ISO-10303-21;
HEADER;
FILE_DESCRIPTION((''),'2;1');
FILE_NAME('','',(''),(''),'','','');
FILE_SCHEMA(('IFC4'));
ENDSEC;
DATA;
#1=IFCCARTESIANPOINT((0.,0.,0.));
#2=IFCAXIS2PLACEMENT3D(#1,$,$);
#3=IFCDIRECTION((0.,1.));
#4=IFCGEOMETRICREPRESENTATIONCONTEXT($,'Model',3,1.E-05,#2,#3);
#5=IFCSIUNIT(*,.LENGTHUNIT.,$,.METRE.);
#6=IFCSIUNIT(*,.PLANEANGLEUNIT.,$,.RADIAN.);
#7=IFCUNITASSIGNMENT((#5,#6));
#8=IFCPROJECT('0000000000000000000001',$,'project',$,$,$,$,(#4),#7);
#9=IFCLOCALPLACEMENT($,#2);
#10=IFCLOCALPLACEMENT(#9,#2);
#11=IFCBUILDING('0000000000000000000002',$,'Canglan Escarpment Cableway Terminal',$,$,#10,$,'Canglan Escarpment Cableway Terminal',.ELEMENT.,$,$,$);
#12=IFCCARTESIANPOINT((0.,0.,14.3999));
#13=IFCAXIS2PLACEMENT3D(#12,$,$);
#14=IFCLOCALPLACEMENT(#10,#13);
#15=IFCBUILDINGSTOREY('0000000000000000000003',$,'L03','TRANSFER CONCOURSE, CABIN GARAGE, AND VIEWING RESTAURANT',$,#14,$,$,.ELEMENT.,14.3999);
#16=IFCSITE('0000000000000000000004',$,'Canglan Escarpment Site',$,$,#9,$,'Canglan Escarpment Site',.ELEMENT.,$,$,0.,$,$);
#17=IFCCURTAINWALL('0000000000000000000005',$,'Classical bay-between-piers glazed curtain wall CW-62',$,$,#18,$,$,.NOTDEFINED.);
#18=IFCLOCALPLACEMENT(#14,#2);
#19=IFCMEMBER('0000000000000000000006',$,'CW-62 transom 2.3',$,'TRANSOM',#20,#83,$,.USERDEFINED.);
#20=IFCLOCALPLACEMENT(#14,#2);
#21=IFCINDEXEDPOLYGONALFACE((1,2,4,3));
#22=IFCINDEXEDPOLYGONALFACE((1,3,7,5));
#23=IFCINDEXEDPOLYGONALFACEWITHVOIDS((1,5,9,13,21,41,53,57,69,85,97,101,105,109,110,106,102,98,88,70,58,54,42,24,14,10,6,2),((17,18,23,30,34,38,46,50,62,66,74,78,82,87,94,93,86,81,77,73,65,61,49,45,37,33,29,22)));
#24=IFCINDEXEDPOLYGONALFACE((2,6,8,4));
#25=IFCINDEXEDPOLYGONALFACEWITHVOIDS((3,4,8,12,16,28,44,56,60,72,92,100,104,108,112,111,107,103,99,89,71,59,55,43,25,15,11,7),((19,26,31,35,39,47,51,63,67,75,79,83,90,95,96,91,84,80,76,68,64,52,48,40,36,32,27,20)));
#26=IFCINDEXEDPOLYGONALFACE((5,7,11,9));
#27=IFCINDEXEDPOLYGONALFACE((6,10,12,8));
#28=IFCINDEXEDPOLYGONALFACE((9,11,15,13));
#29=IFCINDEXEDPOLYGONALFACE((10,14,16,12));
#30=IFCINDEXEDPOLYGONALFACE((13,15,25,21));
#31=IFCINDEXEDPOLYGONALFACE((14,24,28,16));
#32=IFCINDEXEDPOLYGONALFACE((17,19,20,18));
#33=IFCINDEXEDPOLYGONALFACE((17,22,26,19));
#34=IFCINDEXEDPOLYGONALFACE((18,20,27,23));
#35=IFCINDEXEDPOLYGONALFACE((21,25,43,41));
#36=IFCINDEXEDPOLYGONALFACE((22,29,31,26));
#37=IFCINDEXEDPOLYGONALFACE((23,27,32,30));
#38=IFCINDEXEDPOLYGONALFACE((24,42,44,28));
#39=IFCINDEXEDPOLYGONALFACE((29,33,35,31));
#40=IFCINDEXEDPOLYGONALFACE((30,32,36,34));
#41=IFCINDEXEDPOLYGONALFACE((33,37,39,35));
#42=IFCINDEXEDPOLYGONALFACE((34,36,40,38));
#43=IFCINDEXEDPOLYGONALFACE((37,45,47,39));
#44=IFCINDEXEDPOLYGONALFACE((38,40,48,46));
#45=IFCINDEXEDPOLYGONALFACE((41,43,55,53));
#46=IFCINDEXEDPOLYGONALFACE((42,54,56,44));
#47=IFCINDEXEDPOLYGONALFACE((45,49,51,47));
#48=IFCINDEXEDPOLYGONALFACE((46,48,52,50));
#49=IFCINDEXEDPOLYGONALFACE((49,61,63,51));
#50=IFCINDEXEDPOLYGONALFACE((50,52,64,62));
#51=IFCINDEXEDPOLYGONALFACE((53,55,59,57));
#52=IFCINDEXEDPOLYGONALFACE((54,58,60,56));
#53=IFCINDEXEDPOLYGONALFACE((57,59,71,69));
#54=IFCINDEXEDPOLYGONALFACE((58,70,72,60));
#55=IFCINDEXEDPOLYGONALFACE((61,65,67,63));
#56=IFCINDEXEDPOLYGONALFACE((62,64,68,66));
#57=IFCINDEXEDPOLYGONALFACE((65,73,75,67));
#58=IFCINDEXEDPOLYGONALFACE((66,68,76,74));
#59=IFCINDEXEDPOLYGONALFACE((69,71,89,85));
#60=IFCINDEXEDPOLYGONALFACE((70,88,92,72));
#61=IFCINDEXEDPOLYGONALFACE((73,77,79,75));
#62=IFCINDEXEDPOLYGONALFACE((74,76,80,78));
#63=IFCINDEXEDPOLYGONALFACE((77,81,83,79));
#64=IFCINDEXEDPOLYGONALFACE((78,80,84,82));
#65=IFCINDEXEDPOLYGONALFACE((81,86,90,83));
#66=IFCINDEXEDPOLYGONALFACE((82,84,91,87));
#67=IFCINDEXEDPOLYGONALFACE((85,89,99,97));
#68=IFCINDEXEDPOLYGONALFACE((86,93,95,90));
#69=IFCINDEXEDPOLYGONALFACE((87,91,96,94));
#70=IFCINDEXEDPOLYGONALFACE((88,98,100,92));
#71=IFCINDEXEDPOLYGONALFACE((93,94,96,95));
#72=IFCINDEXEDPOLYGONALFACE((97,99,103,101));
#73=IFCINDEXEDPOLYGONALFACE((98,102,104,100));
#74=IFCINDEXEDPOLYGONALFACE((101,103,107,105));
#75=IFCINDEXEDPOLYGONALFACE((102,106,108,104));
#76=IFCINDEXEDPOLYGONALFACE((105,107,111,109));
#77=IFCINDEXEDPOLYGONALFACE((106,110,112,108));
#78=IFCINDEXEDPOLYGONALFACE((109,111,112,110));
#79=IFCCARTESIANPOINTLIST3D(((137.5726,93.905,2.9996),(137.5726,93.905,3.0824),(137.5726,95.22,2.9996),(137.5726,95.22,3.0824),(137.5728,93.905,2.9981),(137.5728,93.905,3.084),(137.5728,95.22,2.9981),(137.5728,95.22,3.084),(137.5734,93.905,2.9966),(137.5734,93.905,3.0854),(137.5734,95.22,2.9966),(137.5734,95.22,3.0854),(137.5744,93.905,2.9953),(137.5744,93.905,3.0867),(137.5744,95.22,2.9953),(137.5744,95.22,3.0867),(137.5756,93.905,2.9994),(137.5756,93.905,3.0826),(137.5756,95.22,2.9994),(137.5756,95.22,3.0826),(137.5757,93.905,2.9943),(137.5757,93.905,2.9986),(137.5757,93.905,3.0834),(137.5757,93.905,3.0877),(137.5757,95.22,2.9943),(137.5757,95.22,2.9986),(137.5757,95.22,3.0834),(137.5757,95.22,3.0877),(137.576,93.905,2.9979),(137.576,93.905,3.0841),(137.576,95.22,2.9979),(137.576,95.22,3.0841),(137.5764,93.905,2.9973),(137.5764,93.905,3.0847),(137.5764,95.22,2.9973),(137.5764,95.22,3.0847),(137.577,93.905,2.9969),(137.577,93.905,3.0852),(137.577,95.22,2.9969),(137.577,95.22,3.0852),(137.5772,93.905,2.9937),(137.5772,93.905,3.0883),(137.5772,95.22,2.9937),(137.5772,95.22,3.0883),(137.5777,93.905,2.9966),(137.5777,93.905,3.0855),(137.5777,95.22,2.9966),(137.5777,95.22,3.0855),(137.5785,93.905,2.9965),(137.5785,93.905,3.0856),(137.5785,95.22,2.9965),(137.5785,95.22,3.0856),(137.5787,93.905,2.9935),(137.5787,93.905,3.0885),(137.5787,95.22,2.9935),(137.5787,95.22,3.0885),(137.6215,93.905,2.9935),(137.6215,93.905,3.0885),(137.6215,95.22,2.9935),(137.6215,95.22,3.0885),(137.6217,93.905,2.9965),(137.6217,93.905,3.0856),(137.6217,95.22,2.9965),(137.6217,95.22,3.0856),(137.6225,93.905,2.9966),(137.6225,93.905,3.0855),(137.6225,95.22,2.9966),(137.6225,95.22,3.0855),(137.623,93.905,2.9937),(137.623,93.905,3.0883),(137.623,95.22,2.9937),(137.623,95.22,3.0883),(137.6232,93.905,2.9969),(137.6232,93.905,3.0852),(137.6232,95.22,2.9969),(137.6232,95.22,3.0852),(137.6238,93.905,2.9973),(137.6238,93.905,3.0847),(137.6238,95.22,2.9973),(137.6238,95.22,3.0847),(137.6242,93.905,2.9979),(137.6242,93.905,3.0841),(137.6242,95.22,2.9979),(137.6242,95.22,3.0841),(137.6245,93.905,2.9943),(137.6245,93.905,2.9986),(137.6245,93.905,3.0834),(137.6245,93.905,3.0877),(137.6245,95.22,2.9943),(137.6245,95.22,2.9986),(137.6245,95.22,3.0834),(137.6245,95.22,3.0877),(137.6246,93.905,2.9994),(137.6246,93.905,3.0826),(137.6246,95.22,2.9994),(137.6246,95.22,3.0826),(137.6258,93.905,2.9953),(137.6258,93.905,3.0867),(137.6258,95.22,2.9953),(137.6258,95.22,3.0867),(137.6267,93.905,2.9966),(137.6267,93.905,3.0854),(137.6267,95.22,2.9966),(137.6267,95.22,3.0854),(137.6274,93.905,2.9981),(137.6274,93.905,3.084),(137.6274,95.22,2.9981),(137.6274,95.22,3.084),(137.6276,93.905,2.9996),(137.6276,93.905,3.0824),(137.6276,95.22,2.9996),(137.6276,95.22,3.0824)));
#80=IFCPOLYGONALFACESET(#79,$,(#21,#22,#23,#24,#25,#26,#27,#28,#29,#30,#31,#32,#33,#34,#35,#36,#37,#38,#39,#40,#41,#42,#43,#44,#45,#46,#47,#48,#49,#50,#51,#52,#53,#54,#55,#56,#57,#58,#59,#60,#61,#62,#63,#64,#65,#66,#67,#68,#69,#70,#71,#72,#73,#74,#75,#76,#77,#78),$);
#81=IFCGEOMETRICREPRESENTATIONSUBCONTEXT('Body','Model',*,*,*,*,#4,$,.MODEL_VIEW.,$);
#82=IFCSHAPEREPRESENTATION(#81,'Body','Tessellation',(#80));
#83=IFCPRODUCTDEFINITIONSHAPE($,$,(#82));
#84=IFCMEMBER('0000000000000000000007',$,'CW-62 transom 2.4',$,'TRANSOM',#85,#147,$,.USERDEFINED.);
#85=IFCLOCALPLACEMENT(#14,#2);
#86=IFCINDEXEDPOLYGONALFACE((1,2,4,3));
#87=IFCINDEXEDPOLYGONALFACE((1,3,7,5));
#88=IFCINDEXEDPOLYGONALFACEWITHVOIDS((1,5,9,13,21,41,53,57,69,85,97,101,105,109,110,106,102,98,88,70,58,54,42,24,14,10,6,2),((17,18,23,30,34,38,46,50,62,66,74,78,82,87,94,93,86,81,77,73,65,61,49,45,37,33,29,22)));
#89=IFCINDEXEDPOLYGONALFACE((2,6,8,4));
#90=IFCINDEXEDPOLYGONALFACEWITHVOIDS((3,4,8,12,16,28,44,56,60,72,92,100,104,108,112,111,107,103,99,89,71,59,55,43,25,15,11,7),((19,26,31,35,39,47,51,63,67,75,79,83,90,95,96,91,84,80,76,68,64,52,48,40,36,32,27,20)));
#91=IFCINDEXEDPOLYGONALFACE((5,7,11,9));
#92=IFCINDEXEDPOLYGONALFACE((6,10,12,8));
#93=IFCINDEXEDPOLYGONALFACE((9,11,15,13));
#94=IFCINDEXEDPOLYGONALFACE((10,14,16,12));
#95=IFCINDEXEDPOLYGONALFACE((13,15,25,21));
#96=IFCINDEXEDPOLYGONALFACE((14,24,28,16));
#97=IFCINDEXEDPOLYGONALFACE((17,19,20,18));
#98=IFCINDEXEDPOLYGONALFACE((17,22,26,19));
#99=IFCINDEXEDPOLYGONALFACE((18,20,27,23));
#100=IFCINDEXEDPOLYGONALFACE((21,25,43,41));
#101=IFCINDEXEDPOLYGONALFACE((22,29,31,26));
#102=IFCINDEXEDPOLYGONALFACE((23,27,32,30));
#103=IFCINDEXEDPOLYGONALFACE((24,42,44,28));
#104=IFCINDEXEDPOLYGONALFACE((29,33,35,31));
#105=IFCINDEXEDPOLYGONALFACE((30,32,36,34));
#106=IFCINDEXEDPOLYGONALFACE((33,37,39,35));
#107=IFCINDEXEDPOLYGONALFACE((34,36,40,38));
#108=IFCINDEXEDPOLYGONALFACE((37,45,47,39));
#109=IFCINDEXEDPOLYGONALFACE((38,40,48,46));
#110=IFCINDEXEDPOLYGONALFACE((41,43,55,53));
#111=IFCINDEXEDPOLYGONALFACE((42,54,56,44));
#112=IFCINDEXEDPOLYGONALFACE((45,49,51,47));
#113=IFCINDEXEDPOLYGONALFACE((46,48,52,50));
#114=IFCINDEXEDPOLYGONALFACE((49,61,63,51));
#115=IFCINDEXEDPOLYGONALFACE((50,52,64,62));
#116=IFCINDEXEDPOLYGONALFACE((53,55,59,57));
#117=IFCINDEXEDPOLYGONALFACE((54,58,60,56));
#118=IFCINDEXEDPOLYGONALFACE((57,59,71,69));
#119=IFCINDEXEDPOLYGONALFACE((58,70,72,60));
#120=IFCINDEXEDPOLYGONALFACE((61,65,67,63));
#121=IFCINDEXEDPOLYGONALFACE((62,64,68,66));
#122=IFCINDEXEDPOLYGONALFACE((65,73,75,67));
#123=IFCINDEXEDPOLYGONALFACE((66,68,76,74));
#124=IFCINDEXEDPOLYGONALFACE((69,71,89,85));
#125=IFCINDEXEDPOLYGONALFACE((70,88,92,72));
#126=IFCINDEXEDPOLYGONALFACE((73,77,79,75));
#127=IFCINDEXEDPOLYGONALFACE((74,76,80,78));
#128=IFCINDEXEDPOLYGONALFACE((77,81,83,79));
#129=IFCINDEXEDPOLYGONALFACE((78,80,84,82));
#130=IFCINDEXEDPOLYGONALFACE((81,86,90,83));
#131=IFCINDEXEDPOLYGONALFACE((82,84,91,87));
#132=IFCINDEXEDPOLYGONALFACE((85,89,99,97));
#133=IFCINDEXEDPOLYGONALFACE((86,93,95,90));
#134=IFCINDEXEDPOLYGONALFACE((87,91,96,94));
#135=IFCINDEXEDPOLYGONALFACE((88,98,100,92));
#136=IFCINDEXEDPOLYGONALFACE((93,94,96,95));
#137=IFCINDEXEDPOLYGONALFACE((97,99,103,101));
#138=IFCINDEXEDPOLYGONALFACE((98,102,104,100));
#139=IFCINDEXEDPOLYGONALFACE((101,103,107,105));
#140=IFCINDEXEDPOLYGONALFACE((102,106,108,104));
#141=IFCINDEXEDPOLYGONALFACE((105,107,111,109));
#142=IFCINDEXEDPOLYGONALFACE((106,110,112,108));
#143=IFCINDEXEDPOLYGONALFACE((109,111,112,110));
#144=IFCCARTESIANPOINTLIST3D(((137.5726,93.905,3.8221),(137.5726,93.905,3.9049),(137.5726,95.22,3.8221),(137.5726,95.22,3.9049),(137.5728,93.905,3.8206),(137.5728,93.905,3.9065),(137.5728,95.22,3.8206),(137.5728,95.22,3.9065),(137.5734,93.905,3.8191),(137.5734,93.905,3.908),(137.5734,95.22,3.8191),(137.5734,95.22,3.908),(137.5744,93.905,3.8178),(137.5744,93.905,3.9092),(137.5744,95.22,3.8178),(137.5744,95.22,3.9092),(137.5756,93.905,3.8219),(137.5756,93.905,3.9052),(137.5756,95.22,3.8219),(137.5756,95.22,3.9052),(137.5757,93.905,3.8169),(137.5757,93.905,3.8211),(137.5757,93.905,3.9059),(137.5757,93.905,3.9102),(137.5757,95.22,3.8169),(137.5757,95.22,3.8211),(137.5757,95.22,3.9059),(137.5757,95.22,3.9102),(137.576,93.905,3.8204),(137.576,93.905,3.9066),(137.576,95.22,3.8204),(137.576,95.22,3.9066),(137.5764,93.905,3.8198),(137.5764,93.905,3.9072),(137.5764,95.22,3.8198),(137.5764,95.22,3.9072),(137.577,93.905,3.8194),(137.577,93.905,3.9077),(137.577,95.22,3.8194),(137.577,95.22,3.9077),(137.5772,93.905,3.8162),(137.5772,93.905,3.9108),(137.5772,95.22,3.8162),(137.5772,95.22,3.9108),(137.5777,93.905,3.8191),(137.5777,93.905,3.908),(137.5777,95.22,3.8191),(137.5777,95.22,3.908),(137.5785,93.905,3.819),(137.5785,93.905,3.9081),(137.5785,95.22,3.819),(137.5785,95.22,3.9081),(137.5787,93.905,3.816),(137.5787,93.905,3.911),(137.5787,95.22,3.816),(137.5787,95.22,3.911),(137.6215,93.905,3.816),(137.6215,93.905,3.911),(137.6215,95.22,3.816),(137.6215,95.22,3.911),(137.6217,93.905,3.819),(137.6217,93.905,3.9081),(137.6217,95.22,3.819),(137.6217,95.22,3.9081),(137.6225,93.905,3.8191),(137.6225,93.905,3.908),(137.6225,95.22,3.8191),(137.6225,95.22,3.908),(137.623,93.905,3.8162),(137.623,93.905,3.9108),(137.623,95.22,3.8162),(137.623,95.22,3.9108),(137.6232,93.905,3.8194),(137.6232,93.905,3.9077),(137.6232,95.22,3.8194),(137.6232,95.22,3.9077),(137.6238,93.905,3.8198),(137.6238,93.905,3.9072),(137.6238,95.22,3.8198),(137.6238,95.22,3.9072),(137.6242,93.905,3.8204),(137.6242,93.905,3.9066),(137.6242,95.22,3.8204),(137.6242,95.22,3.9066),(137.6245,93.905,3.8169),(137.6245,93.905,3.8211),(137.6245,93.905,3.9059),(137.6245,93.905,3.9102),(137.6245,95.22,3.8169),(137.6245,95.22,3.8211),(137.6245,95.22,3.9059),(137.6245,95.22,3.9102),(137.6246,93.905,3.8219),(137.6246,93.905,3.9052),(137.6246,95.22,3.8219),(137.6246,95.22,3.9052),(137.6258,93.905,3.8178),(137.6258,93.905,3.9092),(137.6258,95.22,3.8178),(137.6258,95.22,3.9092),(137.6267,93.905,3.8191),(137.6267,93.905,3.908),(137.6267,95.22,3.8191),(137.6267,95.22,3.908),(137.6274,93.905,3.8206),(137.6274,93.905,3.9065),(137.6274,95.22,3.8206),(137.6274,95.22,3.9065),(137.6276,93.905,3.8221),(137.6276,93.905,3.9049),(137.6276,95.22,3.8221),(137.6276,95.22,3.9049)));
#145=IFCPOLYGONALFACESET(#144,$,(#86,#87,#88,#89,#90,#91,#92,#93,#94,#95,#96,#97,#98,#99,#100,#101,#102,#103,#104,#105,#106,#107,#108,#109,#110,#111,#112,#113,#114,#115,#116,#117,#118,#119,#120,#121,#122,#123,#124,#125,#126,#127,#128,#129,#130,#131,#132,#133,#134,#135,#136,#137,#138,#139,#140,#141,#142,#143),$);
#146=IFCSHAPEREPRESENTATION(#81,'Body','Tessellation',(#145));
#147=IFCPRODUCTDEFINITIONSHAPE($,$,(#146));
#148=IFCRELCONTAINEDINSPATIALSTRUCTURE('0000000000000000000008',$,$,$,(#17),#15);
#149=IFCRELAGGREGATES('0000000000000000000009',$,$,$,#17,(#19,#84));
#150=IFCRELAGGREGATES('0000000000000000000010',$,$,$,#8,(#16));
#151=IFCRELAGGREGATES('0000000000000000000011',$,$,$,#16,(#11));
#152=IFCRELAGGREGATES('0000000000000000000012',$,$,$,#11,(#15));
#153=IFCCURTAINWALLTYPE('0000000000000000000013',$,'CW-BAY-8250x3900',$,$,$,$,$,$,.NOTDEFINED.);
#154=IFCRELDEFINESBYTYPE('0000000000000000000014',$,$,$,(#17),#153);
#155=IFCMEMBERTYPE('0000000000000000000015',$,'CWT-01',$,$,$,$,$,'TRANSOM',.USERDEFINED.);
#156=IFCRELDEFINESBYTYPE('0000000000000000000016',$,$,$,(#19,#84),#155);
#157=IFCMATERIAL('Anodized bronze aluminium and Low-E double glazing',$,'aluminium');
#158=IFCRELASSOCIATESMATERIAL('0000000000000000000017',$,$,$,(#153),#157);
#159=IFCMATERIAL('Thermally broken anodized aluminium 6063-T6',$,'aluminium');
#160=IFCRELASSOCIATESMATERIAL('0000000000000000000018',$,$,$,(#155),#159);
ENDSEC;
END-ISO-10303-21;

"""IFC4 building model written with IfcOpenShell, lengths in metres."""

from ifc_helpers import new_model, si_unit, direction, frame, origin, origin_2d, place, context, subcontext, project, spatial, hollow_rectangle, extrude, material, material_profile, profile_set, type_object, element, aggregate, save


model = new_model("IFC4")

# Units and contexts
model_context = context("Model", 3, precision=1e-05, world=origin(), true_north=direction((0.0, 1.0)))
body_context = subcontext(model_context, "Body", "Model", "MODEL_VIEW")
ifc_project = project(units=[si_unit("LENGTHUNIT", "METRE"), si_unit("PLANEANGLEUNIT", "RADIAN")], contexts=[model_context])

# Site, building, storey
site_placement = place(None, origin())
site = spatial("IfcSite", under=ifc_project, at=site_placement, Name="Canglan Escarpment Site", LongName="Canglan Escarpment Site", CompositionType="ELEMENT", RefElevation=0.0)
building_placement = place(site_placement, origin())
building = spatial("IfcBuilding", under=site, at=building_placement, Name="Canglan Escarpment Cableway Terminal", LongName="Canglan Escarpment Cableway Terminal", CompositionType="ELEMENT")
storey_placement = place(building_placement, frame((0.0, 0.0, 14.3999)))
storey = spatial("IfcBuildingStorey", under=building, at=storey_placement, Name="L03", Description="TRANSFER CONCOURSE, CABIN GARAGE, AND VIEWING RESTAURANT", CompositionType="ELEMENT", Elevation=14.3999)

# Curtain wall
ifc_material_1 = material(Name="Anodized bronze aluminium and Low-E double glazing", Category="aluminium")
curtain_wall_type = type_object("IfcCurtainWallType", Name="CW-BAY-8250x3900", PredefinedType="NOTDEFINED", material=ifc_material_1)
curtain_wall_1_placement = place(storey_placement, origin())
curtain_wall_1 = element("IfcCurtainWall", 1, at=curtain_wall_1_placement, inside=storey, type_object=curtain_wall_type, Name="Classical bay-between-piers glazed curtain wall CW-62", PredefinedType="NOTDEFINED")
ifc_material_2 = material(Name="Thermally broken anodized aluminium 6063-T6", Category="aluminium")

# Members
ifc_material_profile_1 = material_profile(ifc_material_2, hollow_rectangle(XDim=0.0549, YDim=0.095, WallThickness=0.0029, InnerFilletRadius=0.0029, OuterFilletRadius=0.0061, at=origin_2d()), Name="ALU-TRAN 55x95x3")
ifc_profile_set_1 = profile_set([ifc_material_profile_1], Name="Thermally broken anodized aluminium 6063-T6")
member_type_1 = type_object("IfcMemberType", Name="CWT-01", ElementType="TRANSOM", PredefinedType="USERDEFINED", material=ifc_profile_set_1)
member_1_placement = place(storey_placement, frame((137.6001, 95.22, 3.041), z_axis=(0.0, -1.0, 0.0), x_axis=(1.0, 0.0, 0.0)))
member_1 = element("IfcMember", 2, at=member_1_placement, type_object=member_type_1, Name="CW-62 transom 2.3", ObjectType="TRANSOM", PredefinedType="USERDEFINED", context=body_context, shape_type="SweptSolid", body=[
    extrude(hollow_rectangle(XDim=0.0549, YDim=0.095, WallThickness=0.0029, InnerFilletRadius=0.0029, OuterFilletRadius=0.0061, at=origin_2d()), origin(), (0.0, 0.0, 1.0), 1.3149),
])
member_2_placement = place(storey_placement, frame((137.6001, 95.22, 3.8635), z_axis=(0.0, -1.0, 0.0), x_axis=(1.0, 0.0, 0.0)))
member_2 = element("IfcMember", 3, at=member_2_placement, type_object=member_type_1, Name="CW-62 transom 2.4", ObjectType="TRANSOM", PredefinedType="USERDEFINED", context=body_context, shape_type="SweptSolid", body=[
    extrude(hollow_rectangle(XDim=0.0549, YDim=0.095, WallThickness=0.0029, InnerFilletRadius=0.0029, OuterFilletRadius=0.0061, at=origin_2d()), origin(), (0.0, 0.0, 1.0), 1.3149),
])

aggregate(curtain_wall_1, [member_1, member_2])

save(model, "model.ifc")
